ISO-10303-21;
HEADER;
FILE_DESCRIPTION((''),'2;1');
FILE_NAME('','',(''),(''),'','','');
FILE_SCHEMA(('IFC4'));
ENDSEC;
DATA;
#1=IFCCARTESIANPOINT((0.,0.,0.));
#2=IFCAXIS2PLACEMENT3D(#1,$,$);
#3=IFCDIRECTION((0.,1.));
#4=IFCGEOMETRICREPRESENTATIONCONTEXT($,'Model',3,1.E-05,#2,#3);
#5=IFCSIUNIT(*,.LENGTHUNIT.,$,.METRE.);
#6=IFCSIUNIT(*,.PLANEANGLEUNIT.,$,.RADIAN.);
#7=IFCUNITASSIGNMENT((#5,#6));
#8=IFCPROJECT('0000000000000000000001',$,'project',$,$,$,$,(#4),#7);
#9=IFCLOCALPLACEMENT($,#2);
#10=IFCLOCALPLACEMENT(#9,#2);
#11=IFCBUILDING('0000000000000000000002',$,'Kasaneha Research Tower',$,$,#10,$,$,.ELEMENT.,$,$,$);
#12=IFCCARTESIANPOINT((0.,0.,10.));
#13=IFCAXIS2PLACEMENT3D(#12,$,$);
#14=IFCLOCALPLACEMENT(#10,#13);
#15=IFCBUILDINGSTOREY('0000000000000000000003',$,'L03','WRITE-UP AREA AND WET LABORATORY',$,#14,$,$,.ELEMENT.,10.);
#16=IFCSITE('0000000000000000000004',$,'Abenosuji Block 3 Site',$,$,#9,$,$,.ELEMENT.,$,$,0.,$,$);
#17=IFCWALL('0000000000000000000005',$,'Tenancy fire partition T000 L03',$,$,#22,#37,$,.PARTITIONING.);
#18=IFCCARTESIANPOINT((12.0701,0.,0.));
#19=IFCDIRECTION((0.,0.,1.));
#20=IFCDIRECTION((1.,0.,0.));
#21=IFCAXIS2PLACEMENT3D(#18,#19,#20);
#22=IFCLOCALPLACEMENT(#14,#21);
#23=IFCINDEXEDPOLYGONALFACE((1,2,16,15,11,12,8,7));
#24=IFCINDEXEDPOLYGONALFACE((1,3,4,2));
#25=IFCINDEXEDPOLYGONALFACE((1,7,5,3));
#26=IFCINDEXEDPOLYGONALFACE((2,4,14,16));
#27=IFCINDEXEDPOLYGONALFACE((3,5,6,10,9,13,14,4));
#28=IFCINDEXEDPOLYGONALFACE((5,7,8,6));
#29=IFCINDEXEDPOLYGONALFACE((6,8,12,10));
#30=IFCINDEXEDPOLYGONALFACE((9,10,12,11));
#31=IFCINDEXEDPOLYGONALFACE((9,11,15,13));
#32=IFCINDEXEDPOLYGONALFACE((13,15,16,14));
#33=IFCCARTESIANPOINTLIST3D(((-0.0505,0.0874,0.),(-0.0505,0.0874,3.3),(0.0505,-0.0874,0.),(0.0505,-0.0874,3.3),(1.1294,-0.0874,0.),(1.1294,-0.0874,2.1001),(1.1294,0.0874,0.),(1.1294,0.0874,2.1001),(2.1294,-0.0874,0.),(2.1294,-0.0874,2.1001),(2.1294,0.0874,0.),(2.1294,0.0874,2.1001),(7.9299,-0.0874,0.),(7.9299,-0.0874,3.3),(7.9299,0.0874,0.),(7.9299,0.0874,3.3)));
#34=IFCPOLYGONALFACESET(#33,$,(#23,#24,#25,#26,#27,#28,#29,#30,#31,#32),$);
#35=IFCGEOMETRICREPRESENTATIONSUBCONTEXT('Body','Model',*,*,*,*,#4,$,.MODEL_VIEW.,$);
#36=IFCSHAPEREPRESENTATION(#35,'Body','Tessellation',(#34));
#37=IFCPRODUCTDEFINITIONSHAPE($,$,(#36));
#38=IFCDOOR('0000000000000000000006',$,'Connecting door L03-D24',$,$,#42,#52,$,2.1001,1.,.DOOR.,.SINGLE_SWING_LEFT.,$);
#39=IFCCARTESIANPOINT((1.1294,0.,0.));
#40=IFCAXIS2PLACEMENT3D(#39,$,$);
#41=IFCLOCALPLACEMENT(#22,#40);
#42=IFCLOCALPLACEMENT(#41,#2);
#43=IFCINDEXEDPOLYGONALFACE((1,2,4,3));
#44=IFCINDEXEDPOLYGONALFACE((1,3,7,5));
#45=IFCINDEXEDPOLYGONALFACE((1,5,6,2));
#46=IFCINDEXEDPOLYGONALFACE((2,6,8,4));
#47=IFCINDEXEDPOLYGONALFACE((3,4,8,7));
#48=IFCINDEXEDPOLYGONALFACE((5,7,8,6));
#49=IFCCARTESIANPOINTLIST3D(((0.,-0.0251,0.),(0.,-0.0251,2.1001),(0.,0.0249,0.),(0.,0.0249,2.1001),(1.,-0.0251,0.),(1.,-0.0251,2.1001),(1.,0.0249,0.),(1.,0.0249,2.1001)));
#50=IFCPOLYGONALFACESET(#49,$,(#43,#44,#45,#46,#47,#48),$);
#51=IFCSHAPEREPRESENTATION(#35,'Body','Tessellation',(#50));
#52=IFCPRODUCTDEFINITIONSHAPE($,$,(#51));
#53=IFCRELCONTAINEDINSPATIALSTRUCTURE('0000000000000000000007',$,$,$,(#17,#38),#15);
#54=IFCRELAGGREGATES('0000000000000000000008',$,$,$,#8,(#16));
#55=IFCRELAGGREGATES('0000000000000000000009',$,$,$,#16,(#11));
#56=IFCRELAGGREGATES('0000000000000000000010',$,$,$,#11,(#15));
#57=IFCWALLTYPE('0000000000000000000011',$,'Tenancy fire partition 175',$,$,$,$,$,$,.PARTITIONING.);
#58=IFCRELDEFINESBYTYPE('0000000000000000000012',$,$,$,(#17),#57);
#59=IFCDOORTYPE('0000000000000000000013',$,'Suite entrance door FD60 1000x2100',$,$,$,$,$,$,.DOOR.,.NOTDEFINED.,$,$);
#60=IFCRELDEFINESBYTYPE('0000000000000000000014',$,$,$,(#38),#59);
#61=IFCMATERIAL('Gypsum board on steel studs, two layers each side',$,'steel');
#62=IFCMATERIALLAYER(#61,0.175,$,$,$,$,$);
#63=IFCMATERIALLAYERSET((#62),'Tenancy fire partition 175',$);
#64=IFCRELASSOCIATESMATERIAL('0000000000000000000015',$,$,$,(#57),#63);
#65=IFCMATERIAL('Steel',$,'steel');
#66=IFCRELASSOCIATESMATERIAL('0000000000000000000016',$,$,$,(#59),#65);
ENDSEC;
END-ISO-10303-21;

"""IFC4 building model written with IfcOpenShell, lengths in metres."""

from ifc_helpers import new_model, si_unit, direction, frame, frame_2d, origin, place, context, subcontext, project, spatial, polyline, rectangle, outline, extrude, material, layer, layer_set, type_object, element, fill, save


model = new_model("IFC4")

# Units and contexts
model_context = context("Model", 3, precision=1e-05, world=origin(), true_north=direction((0.0, 1.0)))
body_context = subcontext(model_context, "Body", "Model", "MODEL_VIEW")
ifc_project = project(units=[si_unit("LENGTHUNIT", "METRE"), si_unit("PLANEANGLEUNIT", "RADIAN")], contexts=[model_context])

# Site, building, storey
site_placement = place(None, origin())
site = spatial("IfcSite", under=ifc_project, at=site_placement, Name="Abenosuji Block 3 Site", CompositionType="ELEMENT", RefElevation=0.0)
building_placement = place(site_placement, origin())
building = spatial("IfcBuilding", under=site, at=building_placement, Name="Kasaneha Research Tower", CompositionType="ELEMENT")
storey_placement = place(building_placement, frame((0.0, 0.0, 10.0)))
storey = spatial("IfcBuildingStorey", under=building, at=storey_placement, Name="L03", Description="WRITE-UP AREA AND WET LABORATORY", CompositionType="ELEMENT", Elevation=10.0)

# Wall, opening, door
ifc_material_1 = material(Name="Gypsum board on steel studs, two layers each side", Category="steel")
ifc_layer_1 = layer(ifc_material_1, 0.175)
ifc_layer_set_1 = layer_set([ifc_layer_1], Name="Tenancy fire partition 175")
wall_type_1 = type_object("IfcWallType", Name="Tenancy fire partition 175", PredefinedType="PARTITIONING", material=ifc_layer_set_1)
wall_1_placement = place(storey_placement, frame((12.0701, 0.0, 0.0), z_axis=(0.0, 0.0, 1.0), x_axis=(1.0, 0.0, 0.0)))
wall_1 = element("IfcWall", 1, at=wall_1_placement, inside=storey, type_object=wall_type_1, Name="Tenancy fire partition T000 L03", PredefinedType="PARTITIONING", context=body_context, shape_type="SweptSolid", body=[
    extrude(outline(polyline([(0.0505, -0.0874), (1.1294, -0.0874), (2.1294, -0.0874), (7.9299, -0.0874), (7.9299, 0.0874), (2.1294, 0.0874), (1.1294, 0.0874), (-0.0505, 0.0874), (0.0505, -0.0874)])), origin(), (0.0, 0.0, 1.0), 3.3),
])
opening_1_placement = place(wall_1_placement, frame((1.1294, 0.0, 0.0)))
opening_1 = element("IfcOpeningElement", 2, at=opening_1_placement, cuts=wall_1, PredefinedType="OPENING", context=body_context, shape_type="SweptSolid", body=[
    extrude(rectangle(XDim=1.0, YDim=2.1001, at=frame_2d((0.5, 1.05))), frame((0.0, 0.0977, 0.0), z_axis=(0.0, -1.0, 0.0), x_axis=(1.0, 0.0, 0.0)), (0.0, 0.0, 1.0), 0.1951),
])
ifc_material_2 = material(Name="Steel", Category="steel")
door_type_1 = type_object("IfcDoorType", Name="Suite entrance door FD60 1000x2100", OperationType="NOTDEFINED", PredefinedType="DOOR", material=ifc_material_2)
door_1_placement = place(opening_1_placement, origin())
door_1 = element("IfcDoor", 3, at=door_1_placement, inside=storey, type_object=door_type_1, Name="Connecting door L03-D24", OperationType="SINGLE_SWING_LEFT", OverallHeight=2.1001, OverallWidth=1.0, PredefinedType="DOOR", context=body_context, shape_type="SweptSolid", body=[
    extrude(rectangle(XDim=1.0, YDim=2.1001, at=frame_2d((0.5, 1.05))), frame((0.0, 0.0249, 0.0), z_axis=(0.0, -1.0, 0.0), x_axis=(1.0, 0.0, 0.0)), (0.0, 0.0, 1.0), 0.05),
])
fill(opening_1, door_1)

save(model, "model.ifc")
